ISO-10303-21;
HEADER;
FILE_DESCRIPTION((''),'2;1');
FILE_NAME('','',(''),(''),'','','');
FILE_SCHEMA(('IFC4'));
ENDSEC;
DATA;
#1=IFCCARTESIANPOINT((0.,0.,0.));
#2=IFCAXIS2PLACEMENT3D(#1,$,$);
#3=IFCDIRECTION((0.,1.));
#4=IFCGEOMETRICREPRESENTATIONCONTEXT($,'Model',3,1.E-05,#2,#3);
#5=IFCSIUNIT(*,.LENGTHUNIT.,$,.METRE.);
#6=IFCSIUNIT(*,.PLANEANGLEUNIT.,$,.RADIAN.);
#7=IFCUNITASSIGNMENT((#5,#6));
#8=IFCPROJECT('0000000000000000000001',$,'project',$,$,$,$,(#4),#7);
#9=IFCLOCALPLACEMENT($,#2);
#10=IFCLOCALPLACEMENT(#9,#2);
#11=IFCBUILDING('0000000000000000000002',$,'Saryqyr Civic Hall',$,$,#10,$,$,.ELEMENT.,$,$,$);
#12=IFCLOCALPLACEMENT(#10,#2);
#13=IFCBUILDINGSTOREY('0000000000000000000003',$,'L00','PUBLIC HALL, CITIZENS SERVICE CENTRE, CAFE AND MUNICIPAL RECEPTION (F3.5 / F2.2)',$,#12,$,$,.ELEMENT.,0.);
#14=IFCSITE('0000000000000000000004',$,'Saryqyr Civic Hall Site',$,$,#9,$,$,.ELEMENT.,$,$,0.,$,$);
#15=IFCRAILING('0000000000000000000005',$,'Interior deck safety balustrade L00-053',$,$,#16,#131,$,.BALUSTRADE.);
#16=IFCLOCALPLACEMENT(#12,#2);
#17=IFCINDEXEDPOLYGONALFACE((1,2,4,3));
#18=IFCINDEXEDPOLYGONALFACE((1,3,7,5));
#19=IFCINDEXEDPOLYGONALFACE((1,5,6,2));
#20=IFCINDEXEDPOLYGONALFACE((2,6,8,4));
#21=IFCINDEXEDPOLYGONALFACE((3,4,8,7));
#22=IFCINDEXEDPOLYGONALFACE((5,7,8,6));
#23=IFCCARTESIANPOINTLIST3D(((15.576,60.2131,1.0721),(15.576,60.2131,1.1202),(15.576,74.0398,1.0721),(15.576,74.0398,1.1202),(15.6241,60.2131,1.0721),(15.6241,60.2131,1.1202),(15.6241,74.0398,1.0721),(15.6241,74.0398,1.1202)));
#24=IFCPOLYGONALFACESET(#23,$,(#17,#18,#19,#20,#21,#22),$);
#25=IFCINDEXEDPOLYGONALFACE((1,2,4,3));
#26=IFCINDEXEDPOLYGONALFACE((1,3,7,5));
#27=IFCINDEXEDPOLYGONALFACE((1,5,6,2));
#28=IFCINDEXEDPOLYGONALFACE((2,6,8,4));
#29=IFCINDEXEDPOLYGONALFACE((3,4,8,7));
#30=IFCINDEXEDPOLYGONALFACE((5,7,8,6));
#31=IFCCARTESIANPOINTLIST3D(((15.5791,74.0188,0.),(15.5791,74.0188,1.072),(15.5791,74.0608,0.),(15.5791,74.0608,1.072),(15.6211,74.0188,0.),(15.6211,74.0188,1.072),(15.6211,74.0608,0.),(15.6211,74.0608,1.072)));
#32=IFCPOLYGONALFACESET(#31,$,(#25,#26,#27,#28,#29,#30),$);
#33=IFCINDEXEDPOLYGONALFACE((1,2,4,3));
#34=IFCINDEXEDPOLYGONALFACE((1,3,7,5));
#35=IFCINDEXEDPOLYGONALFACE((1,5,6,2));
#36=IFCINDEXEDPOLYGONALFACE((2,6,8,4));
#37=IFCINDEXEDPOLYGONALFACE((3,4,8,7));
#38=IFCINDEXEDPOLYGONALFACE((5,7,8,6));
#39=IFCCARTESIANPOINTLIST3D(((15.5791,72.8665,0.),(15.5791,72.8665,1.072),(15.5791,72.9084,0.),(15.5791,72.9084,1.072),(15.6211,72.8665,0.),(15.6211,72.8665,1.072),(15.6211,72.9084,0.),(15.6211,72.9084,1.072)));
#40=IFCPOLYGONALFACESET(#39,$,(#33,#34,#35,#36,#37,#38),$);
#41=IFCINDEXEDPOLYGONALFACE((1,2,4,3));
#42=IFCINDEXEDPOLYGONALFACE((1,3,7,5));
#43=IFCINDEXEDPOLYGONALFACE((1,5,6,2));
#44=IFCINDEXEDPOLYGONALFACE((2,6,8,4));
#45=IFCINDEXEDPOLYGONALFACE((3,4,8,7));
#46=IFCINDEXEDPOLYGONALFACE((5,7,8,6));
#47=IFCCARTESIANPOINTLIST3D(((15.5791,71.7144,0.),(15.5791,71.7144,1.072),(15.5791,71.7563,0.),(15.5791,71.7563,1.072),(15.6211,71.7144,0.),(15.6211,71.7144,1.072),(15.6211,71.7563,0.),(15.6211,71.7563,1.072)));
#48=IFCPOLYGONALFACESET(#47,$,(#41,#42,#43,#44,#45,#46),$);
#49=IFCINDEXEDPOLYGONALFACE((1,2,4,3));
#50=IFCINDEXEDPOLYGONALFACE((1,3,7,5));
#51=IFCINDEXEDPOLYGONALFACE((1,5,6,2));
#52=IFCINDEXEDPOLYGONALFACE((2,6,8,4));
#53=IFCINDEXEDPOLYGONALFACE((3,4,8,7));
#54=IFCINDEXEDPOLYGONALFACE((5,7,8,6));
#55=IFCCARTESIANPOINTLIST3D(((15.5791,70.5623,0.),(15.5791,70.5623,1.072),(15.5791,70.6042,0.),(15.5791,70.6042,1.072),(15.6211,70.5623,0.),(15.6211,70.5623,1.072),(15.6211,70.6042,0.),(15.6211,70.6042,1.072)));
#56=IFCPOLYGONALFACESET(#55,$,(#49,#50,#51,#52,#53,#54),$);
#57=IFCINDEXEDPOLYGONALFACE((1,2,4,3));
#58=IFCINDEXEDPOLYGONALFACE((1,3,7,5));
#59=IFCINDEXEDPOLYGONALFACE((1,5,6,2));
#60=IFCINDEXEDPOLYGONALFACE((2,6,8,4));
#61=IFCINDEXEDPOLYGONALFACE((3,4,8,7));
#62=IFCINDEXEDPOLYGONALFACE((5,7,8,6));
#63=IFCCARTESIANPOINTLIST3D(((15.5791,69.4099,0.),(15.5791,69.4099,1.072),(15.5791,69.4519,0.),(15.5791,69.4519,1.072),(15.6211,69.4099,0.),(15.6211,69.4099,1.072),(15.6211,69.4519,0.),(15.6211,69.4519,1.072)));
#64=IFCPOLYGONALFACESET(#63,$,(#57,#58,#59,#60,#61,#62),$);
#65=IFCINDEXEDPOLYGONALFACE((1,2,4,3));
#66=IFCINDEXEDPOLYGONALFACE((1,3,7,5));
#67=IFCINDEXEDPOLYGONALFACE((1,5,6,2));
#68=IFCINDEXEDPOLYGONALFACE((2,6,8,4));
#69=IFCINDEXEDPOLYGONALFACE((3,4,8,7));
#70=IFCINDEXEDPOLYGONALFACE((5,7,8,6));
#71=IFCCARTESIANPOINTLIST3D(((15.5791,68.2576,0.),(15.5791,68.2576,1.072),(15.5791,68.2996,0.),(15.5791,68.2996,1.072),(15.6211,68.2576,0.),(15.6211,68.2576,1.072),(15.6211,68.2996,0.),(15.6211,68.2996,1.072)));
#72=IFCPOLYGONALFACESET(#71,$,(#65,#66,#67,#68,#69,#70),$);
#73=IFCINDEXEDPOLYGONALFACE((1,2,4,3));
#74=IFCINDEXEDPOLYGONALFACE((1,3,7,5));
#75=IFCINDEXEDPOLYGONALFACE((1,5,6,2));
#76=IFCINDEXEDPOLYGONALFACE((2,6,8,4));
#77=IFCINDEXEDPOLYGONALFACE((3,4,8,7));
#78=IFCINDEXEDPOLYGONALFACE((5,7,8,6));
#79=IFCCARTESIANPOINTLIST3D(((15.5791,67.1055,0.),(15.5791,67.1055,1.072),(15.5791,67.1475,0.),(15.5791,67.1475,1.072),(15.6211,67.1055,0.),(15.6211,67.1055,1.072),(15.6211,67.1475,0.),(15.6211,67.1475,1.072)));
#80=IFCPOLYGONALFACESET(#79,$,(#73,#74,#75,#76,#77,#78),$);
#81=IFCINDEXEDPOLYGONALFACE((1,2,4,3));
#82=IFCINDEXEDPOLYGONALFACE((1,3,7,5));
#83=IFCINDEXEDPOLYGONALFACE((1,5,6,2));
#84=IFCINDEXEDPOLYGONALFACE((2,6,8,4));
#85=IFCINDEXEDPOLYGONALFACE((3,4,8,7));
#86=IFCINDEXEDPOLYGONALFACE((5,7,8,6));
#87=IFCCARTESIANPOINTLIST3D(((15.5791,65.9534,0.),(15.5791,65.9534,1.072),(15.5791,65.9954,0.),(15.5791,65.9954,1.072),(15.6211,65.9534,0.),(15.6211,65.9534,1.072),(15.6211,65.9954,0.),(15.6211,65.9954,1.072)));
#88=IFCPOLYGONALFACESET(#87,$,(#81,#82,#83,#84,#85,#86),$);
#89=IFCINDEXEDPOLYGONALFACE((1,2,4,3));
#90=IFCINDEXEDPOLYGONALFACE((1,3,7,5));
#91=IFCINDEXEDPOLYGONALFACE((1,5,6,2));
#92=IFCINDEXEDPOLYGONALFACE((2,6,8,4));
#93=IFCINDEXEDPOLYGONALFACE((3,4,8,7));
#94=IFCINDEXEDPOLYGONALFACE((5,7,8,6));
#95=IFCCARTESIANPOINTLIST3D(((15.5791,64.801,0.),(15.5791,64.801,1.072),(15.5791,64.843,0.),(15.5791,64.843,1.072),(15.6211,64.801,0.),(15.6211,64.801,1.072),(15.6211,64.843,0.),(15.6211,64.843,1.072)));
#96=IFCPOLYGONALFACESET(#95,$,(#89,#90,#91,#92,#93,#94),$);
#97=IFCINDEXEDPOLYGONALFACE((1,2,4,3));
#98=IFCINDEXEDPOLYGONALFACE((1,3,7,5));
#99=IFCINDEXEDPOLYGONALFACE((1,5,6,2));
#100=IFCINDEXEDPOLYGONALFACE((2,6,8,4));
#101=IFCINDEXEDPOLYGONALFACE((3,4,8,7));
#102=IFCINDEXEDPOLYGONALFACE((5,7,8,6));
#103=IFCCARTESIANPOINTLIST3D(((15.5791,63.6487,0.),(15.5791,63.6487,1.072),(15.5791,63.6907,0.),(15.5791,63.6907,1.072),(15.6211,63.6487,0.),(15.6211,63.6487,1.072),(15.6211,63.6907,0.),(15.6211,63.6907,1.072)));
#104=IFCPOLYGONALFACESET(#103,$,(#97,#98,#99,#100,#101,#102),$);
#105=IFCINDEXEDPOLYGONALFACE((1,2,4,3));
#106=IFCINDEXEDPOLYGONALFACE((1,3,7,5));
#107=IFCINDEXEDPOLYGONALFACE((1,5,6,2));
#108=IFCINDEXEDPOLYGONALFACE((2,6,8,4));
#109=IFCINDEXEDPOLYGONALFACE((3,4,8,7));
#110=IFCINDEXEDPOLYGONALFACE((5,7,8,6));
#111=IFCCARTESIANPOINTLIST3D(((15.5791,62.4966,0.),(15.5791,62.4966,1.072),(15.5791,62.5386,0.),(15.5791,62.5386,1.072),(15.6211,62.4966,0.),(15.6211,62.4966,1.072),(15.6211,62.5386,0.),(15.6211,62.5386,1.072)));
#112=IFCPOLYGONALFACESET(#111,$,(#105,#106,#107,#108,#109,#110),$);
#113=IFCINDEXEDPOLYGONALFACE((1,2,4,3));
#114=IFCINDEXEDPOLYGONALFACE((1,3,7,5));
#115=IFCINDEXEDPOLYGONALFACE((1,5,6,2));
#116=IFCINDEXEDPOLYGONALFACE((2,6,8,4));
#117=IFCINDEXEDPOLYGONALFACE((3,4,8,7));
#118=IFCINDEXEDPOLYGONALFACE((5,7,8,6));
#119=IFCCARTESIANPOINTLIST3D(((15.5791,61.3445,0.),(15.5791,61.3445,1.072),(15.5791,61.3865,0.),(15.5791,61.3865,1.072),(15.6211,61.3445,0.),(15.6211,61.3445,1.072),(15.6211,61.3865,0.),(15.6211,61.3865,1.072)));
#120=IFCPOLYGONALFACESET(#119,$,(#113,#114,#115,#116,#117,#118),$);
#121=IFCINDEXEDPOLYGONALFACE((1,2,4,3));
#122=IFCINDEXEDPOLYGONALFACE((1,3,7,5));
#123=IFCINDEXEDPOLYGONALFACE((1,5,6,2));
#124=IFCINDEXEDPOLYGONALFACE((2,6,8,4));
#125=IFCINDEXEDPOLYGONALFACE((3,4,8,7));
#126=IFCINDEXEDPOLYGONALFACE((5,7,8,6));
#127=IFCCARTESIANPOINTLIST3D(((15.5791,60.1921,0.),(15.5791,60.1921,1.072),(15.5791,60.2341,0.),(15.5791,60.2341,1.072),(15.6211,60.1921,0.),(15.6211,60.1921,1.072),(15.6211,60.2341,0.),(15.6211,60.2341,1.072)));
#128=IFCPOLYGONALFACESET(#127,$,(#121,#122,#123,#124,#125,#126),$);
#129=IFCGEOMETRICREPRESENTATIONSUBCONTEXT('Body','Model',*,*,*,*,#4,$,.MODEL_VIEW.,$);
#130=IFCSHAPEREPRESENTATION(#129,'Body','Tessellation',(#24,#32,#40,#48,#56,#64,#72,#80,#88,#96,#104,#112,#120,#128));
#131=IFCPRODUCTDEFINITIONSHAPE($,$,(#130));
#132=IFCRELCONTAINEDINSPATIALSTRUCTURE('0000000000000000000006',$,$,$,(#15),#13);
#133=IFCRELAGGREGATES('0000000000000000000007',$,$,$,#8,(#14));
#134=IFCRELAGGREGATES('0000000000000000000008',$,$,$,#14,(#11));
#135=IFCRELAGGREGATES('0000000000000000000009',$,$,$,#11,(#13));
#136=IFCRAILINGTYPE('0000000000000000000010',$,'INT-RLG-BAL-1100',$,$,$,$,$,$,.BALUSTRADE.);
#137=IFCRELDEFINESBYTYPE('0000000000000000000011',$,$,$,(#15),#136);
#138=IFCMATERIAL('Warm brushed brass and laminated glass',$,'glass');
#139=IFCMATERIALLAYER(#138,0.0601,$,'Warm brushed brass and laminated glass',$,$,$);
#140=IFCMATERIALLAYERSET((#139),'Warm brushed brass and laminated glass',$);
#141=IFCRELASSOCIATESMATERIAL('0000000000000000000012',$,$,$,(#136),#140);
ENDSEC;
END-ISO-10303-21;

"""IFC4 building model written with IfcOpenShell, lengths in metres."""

from ifc_helpers import new_model, si_unit, direction, frame, origin, origin_2d, place, context, subcontext, project, spatial, rectangle, extrude, material, layer, layer_set, type_object, element, save


model = new_model("IFC4")

# Units and contexts
model_context = context("Model", 3, precision=1e-05, world=origin(), true_north=direction((0.0, 1.0)))
body_context = subcontext(model_context, "Body", "Model", "MODEL_VIEW")
ifc_project = project(units=[si_unit("LENGTHUNIT", "METRE"), si_unit("PLANEANGLEUNIT", "RADIAN")], contexts=[model_context])

# Site, building, storey
site_placement = place(None, origin())
site = spatial("IfcSite", under=ifc_project, at=site_placement, Name="Saryqyr Civic Hall Site", CompositionType="ELEMENT", RefElevation=0.0)
building_placement = place(site_placement, origin())
building = spatial("IfcBuilding", under=site, at=building_placement, Name="Saryqyr Civic Hall", CompositionType="ELEMENT")
storey_placement = place(building_placement, origin())
storey = spatial("IfcBuildingStorey", under=building, at=storey_placement, Name="L00", Description="PUBLIC HALL, CITIZENS SERVICE CENTRE, CAFE AND MUNICIPAL RECEPTION (F3.5 / F2.2)", CompositionType="ELEMENT", Elevation=0.0)

# Railing
ifc_material_1 = material(Name="Warm brushed brass and laminated glass", Category="glass")
ifc_layer_1 = layer(ifc_material_1, 0.0601, Name="Warm brushed brass and laminated glass")
ifc_layer_set_1 = layer_set([ifc_layer_1], Name="Warm brushed brass and laminated glass")
railing_type = type_object("IfcRailingType", Name="INT-RLG-BAL-1100", PredefinedType="BALUSTRADE", material=ifc_layer_set_1)
railing_placement = place(storey_placement, frame((15.6001, 74.0398, 0.0)))
element("IfcRailing", 1, at=railing_placement, inside=storey, type_object=railing_type, Name="Interior deck safety balustrade L00-053", PredefinedType="BALUSTRADE", context=body_context, shape_type="SweptSolid", body=[
    extrude(rectangle(XDim=0.0481, YDim=0.0481, at=origin_2d()), frame((0.0, 0.0, 1.0962), z_axis=(0.0, -1.0, 0.0), x_axis=(1.0, 0.0, 0.0)), (0.0, 0.0, 1.0), 13.8267),
    extrude(rectangle(XDim=0.042, YDim=0.042, at=origin_2d()), origin(), (0.0, 0.0, 1.0), 1.072),
    extrude(rectangle(XDim=0.042, YDim=0.042, at=origin_2d()), frame((0.0, -1.1523, 0.0)), (0.0, 0.0, 1.0), 1.072),
    extrude(rectangle(XDim=0.042, YDim=0.042, at=origin_2d()), frame((0.0, -2.3044, 0.0)), (0.0, 0.0, 1.0), 1.072),
    extrude(rectangle(XDim=0.042, YDim=0.042, at=origin_2d()), frame((0.0, -3.4565, 0.0)), (0.0, 0.0, 1.0), 1.072),
    extrude(rectangle(XDim=0.042, YDim=0.042, at=origin_2d()), frame((0.0, -4.6089, 0.0)), (0.0, 0.0, 1.0), 1.072),
    extrude(rectangle(XDim=0.042, YDim=0.042, at=origin_2d()), frame((0.0, -5.7612, 0.0)), (0.0, 0.0, 1.0), 1.072),
    extrude(rectangle(XDim=0.042, YDim=0.042, at=origin_2d()), frame((0.0, -6.9133, 0.0)), (0.0, 0.0, 1.0), 1.072),
    extrude(rectangle(XDim=0.042, YDim=0.042, at=origin_2d()), frame((0.0, -8.0654, 0.0)), (0.0, 0.0, 1.0), 1.072),
    extrude(rectangle(XDim=0.042, YDim=0.042, at=origin_2d()), frame((0.0, -9.2178, 0.0)), (0.0, 0.0, 1.0), 1.072),
    extrude(rectangle(XDim=0.042, YDim=0.042, at=origin_2d()), frame((0.0, -10.3701, 0.0)), (0.0, 0.0, 1.0), 1.072),
    extrude(rectangle(XDim=0.042, YDim=0.042, at=origin_2d()), frame((0.0, -11.5222, 0.0)), (0.0, 0.0, 1.0), 1.072),
    extrude(rectangle(XDim=0.042, YDim=0.042, at=origin_2d()), frame((0.0, -12.6743, 0.0)), (0.0, 0.0, 1.0), 1.072),
    extrude(rectangle(XDim=0.042, YDim=0.042, at=origin_2d()), frame((0.0, -13.8267, 0.0)), (0.0, 0.0, 1.0), 1.072),
])

save(model, "model.ifc")
